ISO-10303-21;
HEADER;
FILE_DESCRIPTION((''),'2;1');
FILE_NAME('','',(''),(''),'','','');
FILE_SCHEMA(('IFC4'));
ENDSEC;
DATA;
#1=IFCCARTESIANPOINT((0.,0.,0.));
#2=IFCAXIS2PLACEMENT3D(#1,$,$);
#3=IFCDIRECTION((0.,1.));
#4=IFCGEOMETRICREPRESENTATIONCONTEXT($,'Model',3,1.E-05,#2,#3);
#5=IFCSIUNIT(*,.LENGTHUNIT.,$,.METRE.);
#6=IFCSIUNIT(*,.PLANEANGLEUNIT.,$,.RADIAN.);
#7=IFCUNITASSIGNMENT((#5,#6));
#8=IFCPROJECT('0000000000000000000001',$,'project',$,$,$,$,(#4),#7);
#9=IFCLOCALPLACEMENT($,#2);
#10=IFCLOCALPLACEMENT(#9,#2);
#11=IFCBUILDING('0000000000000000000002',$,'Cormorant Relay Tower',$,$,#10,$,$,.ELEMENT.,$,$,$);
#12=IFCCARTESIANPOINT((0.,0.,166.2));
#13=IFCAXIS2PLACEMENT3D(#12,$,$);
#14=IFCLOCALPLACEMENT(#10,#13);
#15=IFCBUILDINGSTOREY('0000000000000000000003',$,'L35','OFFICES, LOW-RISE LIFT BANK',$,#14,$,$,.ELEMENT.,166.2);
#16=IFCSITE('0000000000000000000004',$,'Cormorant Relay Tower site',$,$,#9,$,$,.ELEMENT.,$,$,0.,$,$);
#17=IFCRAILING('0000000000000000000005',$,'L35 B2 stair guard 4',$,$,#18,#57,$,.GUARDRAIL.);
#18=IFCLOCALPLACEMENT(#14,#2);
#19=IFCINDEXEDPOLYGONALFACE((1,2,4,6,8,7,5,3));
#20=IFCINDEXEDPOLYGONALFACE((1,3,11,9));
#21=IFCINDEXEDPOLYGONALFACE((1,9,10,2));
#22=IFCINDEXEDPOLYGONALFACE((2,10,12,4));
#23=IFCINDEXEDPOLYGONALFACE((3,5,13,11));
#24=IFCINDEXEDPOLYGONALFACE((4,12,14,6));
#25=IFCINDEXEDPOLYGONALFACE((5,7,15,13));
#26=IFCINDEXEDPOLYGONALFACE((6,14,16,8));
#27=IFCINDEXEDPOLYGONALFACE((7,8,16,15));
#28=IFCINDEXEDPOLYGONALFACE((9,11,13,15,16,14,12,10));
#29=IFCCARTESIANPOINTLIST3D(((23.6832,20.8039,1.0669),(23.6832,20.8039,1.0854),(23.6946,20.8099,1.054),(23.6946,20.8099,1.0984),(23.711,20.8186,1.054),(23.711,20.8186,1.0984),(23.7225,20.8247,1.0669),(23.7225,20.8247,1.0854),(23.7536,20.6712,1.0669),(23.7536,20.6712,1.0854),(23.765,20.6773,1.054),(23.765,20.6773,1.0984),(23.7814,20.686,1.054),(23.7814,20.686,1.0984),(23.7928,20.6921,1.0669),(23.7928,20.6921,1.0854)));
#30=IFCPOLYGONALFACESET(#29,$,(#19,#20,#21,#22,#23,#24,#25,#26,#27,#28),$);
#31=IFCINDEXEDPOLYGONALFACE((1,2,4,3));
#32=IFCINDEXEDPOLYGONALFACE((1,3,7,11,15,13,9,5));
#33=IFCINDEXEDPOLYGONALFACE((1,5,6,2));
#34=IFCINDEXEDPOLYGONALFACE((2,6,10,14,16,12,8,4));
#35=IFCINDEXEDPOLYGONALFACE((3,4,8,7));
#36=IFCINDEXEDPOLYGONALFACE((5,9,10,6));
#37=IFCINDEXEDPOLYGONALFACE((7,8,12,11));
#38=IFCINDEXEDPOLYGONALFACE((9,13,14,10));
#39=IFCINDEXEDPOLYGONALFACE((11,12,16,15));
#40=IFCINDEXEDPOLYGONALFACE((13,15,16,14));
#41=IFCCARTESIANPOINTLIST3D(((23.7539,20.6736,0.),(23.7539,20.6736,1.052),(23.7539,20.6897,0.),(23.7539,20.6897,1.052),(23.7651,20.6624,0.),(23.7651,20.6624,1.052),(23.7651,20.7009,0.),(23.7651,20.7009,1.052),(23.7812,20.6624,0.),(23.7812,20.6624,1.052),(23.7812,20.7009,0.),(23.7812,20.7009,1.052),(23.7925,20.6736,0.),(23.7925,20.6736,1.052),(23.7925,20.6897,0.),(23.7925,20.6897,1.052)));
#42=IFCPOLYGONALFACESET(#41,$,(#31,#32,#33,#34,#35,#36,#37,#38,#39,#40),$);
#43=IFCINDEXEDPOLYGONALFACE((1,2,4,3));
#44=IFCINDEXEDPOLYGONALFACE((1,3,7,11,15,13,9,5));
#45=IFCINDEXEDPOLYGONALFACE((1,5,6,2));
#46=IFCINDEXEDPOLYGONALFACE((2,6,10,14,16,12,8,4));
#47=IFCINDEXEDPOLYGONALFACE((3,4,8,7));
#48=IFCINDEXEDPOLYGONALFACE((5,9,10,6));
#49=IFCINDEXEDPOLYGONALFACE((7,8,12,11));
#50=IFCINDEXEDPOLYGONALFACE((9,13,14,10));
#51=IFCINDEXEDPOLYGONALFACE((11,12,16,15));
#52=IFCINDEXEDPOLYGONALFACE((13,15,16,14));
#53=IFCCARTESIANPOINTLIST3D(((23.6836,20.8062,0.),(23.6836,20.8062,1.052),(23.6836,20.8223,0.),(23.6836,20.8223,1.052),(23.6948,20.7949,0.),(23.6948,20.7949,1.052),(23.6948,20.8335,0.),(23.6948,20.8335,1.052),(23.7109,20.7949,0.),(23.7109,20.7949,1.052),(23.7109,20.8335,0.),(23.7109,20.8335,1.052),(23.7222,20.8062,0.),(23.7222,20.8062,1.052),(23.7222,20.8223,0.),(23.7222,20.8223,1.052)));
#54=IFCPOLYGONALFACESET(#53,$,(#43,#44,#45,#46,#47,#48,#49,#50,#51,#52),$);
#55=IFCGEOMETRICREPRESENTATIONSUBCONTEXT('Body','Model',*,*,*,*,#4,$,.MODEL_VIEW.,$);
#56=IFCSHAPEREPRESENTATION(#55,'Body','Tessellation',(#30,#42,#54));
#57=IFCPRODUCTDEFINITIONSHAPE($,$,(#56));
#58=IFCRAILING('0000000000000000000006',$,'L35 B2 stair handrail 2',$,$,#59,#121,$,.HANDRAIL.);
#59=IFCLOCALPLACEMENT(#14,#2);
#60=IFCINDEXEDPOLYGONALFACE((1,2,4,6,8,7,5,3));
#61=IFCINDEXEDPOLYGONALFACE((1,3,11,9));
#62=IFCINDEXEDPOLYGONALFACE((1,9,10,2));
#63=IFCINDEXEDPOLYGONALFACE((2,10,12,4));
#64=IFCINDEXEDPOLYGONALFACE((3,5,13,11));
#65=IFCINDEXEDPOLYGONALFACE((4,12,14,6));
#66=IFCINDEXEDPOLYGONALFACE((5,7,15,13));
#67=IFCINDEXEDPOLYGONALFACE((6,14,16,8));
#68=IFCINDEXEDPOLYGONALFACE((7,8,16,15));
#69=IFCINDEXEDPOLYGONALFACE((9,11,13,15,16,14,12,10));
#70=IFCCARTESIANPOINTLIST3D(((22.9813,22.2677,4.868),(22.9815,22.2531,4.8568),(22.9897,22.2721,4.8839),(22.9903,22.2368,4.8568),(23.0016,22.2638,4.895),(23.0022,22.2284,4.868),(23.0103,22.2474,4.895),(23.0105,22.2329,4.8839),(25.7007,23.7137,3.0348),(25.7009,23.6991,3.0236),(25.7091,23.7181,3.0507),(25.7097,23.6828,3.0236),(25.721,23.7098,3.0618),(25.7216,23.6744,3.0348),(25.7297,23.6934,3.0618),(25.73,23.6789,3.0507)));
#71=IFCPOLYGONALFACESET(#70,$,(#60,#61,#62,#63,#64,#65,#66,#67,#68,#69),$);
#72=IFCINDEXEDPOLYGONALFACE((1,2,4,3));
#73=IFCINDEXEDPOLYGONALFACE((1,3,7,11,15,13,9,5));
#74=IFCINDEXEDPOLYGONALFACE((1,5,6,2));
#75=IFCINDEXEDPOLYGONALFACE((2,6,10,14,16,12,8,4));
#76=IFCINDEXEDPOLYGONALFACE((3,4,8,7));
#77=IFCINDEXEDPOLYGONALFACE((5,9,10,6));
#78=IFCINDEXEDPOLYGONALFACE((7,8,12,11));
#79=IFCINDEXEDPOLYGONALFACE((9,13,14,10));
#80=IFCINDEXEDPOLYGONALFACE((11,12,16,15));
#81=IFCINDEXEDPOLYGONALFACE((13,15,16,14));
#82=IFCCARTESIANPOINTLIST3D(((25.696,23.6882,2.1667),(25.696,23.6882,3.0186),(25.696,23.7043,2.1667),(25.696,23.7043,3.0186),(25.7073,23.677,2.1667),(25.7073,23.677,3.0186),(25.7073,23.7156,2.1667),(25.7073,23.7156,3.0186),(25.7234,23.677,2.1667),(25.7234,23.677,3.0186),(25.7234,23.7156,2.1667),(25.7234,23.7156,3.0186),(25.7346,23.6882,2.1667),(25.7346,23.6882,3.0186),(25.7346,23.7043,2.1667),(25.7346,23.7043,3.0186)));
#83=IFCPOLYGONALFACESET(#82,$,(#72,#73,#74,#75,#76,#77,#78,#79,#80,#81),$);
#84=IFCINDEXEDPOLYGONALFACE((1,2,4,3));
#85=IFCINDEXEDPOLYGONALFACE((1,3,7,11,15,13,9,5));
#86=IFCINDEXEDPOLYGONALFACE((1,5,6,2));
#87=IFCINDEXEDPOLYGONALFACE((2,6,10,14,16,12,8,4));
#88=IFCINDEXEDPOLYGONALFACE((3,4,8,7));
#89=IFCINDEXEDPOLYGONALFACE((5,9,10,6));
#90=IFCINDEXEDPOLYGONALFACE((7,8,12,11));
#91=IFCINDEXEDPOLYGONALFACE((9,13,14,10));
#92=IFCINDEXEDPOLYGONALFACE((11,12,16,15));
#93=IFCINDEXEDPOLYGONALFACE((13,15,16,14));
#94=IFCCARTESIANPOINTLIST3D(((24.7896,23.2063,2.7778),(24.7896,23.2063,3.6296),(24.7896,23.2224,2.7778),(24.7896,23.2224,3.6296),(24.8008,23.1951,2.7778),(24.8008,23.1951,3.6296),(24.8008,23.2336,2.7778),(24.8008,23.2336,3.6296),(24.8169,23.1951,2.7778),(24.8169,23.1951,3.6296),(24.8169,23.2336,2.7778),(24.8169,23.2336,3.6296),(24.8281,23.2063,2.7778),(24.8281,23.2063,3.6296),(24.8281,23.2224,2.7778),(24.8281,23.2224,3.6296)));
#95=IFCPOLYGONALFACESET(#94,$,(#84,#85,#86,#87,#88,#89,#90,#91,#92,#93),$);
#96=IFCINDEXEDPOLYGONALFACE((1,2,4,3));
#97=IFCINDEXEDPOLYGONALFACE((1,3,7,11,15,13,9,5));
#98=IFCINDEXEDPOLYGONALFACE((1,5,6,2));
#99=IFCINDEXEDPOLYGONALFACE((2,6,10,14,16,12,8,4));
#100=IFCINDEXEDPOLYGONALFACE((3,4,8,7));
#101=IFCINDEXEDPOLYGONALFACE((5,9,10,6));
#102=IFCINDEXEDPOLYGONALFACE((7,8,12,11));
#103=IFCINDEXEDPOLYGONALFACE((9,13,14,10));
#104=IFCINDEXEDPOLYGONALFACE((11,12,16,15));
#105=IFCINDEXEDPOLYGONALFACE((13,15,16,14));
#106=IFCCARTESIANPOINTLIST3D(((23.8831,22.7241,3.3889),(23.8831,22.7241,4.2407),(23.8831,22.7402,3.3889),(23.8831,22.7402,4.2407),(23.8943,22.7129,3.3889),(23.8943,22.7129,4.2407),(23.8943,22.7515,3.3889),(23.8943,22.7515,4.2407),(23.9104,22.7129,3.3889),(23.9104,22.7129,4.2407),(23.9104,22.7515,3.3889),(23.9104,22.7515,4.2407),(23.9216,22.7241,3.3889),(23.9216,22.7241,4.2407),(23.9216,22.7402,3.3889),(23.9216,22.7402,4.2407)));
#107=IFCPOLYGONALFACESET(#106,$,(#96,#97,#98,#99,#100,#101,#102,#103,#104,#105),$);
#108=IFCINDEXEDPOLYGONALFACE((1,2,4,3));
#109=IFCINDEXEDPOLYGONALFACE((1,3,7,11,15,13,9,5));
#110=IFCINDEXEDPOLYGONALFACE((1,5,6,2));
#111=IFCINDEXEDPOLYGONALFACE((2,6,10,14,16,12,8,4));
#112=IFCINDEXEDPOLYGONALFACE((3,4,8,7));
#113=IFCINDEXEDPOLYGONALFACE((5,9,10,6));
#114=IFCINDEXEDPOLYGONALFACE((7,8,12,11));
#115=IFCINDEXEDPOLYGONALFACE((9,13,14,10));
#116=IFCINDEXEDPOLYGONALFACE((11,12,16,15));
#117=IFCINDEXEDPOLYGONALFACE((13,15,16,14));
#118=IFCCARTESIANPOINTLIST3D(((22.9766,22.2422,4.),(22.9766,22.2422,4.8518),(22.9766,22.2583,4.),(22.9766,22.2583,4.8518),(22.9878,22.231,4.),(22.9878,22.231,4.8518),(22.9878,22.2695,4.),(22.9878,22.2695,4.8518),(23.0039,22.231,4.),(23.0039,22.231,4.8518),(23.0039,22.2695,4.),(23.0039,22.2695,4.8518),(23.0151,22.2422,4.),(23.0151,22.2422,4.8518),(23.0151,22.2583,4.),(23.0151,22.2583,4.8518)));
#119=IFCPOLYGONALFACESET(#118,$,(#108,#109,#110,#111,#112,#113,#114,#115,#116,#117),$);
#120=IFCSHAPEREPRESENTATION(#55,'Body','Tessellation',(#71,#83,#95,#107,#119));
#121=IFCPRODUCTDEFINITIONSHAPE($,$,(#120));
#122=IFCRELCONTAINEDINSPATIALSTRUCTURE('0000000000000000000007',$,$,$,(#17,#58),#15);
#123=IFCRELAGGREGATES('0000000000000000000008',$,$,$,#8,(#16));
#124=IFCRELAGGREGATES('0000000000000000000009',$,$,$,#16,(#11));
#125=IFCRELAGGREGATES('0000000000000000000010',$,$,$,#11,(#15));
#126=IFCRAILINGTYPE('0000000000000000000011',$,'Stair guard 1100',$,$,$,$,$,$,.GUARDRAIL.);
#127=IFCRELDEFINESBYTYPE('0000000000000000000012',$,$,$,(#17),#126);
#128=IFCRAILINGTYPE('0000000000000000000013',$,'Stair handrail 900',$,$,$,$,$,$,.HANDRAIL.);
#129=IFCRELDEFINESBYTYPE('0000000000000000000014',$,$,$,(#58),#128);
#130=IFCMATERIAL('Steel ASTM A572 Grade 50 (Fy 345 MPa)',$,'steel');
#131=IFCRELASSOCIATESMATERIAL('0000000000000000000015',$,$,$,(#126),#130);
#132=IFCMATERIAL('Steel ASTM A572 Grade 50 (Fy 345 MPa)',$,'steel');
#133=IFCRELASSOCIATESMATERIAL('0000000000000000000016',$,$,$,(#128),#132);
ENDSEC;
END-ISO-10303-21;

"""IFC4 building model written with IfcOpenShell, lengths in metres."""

from ifc_helpers import new_model, si_unit, direction, frame, origin, place, context, subcontext, project, spatial, polyline, outline, extrude, material, type_object, element, save


model = new_model("IFC4")

# Units and contexts
model_context = context("Model", 3, precision=1e-05, world=origin(), true_north=direction((0.0, 1.0)))
body_context = subcontext(model_context, "Body", "Model", "MODEL_VIEW")
ifc_project = project(units=[si_unit("LENGTHUNIT", "METRE"), si_unit("PLANEANGLEUNIT", "RADIAN")], contexts=[model_context])

# Site, building, storey
site_placement = place(None, origin())
site = spatial("IfcSite", under=ifc_project, at=site_placement, Name="Cormorant Relay Tower site", CompositionType="ELEMENT", RefElevation=0.0)
building_placement = place(site_placement, origin())
building = spatial("IfcBuilding", under=site, at=building_placement, Name="Cormorant Relay Tower", CompositionType="ELEMENT")
storey_placement = place(building_placement, frame((0.0, 0.0, 166.2)))
storey = spatial("IfcBuildingStorey", under=building, at=storey_placement, Name="L35", Description="OFFICES, LOW-RISE LIFT BANK", CompositionType="ELEMENT", Elevation=166.2)

# Railings
ifc_material_1 = material(Name="Steel ASTM A572 Grade 50 (Fy 345 MPa)", Category="steel")
railing_type_1 = type_object("IfcRailingType", Name="Stair guard 1100", PredefinedType="GUARDRAIL", material=ifc_material_1)
railing_1_placement = place(storey_placement, frame((23.7732, 20.6816, 0.0)))
element("IfcRailing", 1, at=railing_1_placement, inside=storey, type_object=railing_type_1, Name="L35 B2 stair guard 4", PredefinedType="GUARDRAIL", context=body_context, shape_type="SweptSolid", body=[
    extrude(outline(polyline([(0.0222, 0.0093), (0.0093, 0.0222), (-0.0093, 0.0222), (-0.0222, 0.0093), (-0.0222, -0.0093), (-0.0093, -0.0222), (0.0093, -0.0222), (0.0222, -0.0093), (0.0222, 0.0093)])), frame((0.0, 0.0, 1.0762), z_axis=(-0.46856, 0.883431, 0.0), x_axis=(-0.883431, -0.46856, 0.0)), (0.0, 0.0, 1.0), 0.1501),
    extrude(outline(polyline([(0.0193, 0.0081), (0.0081, 0.0193), (-0.0081, 0.0193), (-0.0193, 0.0081), (-0.0193, -0.0081), (-0.0081, -0.0193), (0.0081, -0.0193), (0.0193, -0.0081), (0.0193, 0.0081)])), origin(), (0.0, 0.0, 1.0), 1.052),
    extrude(outline(polyline([(0.0193, 0.0081), (0.0081, 0.0193), (-0.0081, 0.0193), (-0.0193, 0.0081), (-0.0193, -0.0081), (-0.0081, -0.0193), (0.0081, -0.0193), (0.0193, -0.0081), (0.0193, 0.0081)])), frame((-0.0703, 0.1326, 0.0)), (0.0, 0.0, 1.0), 1.052),
])
ifc_material_2 = material(Name="Steel ASTM A572 Grade 50 (Fy 345 MPa)", Category="steel")
railing_type_2 = type_object("IfcRailingType", Name="Stair handrail 900", PredefinedType="HANDRAIL", material=ifc_material_2)
railing_2_placement = place(storey_placement, frame((25.7153, 23.6963, 2.1667)))
element("IfcRailing", 2, at=railing_2_placement, inside=storey, type_object=railing_type_2, Name="L35 B2 stair handrail 2", PredefinedType="HANDRAIL", context=body_context, shape_type="SweptSolid", body=[
    extrude(outline(polyline([(0.0222, 0.0093), (0.0093, 0.0222), (-0.0093, 0.0222), (-0.0222, 0.0093), (-0.0222, -0.0093), (-0.0093, -0.0222), (0.0093, -0.0222), (0.0222, -0.0093), (0.0222, 0.0093)])), frame((0.0, 0.0, 0.876), z_axis=(-0.758714, -0.403435, 0.511463), x_axis=(0.469489, -0.882938, 0.0)), (0.0, 0.0, 1.0), 3.5842),
    extrude(outline(polyline([(0.0193, 0.0081), (0.0081, 0.0193), (-0.0081, 0.0193), (-0.0193, 0.0081), (-0.0193, -0.0081), (-0.0081, -0.0193), (0.0081, -0.0193), (0.0193, -0.0081), (0.0193, 0.0081)])), origin(), (0.0, 0.0, 1.0), 0.8518),
    extrude(outline(polyline([(0.0193, 0.0081), (0.0081, 0.0193), (-0.0081, 0.0193), (-0.0193, 0.0081), (-0.0193, -0.0081), (-0.0081, -0.0193), (0.0081, -0.0193), (0.0193, -0.0081), (0.0193, 0.0081)])), frame((-0.9065, -0.4819, 0.6111)), (0.0, 0.0, 1.0), 0.8518),
    extrude(outline(polyline([(0.0193, 0.0081), (0.0081, 0.0193), (-0.0081, 0.0193), (-0.0193, 0.0081), (-0.0193, -0.0081), (-0.0081, -0.0193), (0.0081, -0.0193), (0.0193, -0.0081), (0.0193, 0.0081)])), frame((-1.813, -0.9641, 1.2222)), (0.0, 0.0, 1.0), 0.8518),
    extrude(outline(polyline([(0.0193, 0.0081), (0.0081, 0.0193), (-0.0081, 0.0193), (-0.0193, 0.0081), (-0.0193, -0.0081), (-0.0081, -0.0193), (0.0081, -0.0193), (0.0193, -0.0081), (0.0193, 0.0081)])), frame((-2.7195, -1.446, 1.8333)), (0.0, 0.0, 1.0), 0.8518),
])

save(model, "model.ifc")
